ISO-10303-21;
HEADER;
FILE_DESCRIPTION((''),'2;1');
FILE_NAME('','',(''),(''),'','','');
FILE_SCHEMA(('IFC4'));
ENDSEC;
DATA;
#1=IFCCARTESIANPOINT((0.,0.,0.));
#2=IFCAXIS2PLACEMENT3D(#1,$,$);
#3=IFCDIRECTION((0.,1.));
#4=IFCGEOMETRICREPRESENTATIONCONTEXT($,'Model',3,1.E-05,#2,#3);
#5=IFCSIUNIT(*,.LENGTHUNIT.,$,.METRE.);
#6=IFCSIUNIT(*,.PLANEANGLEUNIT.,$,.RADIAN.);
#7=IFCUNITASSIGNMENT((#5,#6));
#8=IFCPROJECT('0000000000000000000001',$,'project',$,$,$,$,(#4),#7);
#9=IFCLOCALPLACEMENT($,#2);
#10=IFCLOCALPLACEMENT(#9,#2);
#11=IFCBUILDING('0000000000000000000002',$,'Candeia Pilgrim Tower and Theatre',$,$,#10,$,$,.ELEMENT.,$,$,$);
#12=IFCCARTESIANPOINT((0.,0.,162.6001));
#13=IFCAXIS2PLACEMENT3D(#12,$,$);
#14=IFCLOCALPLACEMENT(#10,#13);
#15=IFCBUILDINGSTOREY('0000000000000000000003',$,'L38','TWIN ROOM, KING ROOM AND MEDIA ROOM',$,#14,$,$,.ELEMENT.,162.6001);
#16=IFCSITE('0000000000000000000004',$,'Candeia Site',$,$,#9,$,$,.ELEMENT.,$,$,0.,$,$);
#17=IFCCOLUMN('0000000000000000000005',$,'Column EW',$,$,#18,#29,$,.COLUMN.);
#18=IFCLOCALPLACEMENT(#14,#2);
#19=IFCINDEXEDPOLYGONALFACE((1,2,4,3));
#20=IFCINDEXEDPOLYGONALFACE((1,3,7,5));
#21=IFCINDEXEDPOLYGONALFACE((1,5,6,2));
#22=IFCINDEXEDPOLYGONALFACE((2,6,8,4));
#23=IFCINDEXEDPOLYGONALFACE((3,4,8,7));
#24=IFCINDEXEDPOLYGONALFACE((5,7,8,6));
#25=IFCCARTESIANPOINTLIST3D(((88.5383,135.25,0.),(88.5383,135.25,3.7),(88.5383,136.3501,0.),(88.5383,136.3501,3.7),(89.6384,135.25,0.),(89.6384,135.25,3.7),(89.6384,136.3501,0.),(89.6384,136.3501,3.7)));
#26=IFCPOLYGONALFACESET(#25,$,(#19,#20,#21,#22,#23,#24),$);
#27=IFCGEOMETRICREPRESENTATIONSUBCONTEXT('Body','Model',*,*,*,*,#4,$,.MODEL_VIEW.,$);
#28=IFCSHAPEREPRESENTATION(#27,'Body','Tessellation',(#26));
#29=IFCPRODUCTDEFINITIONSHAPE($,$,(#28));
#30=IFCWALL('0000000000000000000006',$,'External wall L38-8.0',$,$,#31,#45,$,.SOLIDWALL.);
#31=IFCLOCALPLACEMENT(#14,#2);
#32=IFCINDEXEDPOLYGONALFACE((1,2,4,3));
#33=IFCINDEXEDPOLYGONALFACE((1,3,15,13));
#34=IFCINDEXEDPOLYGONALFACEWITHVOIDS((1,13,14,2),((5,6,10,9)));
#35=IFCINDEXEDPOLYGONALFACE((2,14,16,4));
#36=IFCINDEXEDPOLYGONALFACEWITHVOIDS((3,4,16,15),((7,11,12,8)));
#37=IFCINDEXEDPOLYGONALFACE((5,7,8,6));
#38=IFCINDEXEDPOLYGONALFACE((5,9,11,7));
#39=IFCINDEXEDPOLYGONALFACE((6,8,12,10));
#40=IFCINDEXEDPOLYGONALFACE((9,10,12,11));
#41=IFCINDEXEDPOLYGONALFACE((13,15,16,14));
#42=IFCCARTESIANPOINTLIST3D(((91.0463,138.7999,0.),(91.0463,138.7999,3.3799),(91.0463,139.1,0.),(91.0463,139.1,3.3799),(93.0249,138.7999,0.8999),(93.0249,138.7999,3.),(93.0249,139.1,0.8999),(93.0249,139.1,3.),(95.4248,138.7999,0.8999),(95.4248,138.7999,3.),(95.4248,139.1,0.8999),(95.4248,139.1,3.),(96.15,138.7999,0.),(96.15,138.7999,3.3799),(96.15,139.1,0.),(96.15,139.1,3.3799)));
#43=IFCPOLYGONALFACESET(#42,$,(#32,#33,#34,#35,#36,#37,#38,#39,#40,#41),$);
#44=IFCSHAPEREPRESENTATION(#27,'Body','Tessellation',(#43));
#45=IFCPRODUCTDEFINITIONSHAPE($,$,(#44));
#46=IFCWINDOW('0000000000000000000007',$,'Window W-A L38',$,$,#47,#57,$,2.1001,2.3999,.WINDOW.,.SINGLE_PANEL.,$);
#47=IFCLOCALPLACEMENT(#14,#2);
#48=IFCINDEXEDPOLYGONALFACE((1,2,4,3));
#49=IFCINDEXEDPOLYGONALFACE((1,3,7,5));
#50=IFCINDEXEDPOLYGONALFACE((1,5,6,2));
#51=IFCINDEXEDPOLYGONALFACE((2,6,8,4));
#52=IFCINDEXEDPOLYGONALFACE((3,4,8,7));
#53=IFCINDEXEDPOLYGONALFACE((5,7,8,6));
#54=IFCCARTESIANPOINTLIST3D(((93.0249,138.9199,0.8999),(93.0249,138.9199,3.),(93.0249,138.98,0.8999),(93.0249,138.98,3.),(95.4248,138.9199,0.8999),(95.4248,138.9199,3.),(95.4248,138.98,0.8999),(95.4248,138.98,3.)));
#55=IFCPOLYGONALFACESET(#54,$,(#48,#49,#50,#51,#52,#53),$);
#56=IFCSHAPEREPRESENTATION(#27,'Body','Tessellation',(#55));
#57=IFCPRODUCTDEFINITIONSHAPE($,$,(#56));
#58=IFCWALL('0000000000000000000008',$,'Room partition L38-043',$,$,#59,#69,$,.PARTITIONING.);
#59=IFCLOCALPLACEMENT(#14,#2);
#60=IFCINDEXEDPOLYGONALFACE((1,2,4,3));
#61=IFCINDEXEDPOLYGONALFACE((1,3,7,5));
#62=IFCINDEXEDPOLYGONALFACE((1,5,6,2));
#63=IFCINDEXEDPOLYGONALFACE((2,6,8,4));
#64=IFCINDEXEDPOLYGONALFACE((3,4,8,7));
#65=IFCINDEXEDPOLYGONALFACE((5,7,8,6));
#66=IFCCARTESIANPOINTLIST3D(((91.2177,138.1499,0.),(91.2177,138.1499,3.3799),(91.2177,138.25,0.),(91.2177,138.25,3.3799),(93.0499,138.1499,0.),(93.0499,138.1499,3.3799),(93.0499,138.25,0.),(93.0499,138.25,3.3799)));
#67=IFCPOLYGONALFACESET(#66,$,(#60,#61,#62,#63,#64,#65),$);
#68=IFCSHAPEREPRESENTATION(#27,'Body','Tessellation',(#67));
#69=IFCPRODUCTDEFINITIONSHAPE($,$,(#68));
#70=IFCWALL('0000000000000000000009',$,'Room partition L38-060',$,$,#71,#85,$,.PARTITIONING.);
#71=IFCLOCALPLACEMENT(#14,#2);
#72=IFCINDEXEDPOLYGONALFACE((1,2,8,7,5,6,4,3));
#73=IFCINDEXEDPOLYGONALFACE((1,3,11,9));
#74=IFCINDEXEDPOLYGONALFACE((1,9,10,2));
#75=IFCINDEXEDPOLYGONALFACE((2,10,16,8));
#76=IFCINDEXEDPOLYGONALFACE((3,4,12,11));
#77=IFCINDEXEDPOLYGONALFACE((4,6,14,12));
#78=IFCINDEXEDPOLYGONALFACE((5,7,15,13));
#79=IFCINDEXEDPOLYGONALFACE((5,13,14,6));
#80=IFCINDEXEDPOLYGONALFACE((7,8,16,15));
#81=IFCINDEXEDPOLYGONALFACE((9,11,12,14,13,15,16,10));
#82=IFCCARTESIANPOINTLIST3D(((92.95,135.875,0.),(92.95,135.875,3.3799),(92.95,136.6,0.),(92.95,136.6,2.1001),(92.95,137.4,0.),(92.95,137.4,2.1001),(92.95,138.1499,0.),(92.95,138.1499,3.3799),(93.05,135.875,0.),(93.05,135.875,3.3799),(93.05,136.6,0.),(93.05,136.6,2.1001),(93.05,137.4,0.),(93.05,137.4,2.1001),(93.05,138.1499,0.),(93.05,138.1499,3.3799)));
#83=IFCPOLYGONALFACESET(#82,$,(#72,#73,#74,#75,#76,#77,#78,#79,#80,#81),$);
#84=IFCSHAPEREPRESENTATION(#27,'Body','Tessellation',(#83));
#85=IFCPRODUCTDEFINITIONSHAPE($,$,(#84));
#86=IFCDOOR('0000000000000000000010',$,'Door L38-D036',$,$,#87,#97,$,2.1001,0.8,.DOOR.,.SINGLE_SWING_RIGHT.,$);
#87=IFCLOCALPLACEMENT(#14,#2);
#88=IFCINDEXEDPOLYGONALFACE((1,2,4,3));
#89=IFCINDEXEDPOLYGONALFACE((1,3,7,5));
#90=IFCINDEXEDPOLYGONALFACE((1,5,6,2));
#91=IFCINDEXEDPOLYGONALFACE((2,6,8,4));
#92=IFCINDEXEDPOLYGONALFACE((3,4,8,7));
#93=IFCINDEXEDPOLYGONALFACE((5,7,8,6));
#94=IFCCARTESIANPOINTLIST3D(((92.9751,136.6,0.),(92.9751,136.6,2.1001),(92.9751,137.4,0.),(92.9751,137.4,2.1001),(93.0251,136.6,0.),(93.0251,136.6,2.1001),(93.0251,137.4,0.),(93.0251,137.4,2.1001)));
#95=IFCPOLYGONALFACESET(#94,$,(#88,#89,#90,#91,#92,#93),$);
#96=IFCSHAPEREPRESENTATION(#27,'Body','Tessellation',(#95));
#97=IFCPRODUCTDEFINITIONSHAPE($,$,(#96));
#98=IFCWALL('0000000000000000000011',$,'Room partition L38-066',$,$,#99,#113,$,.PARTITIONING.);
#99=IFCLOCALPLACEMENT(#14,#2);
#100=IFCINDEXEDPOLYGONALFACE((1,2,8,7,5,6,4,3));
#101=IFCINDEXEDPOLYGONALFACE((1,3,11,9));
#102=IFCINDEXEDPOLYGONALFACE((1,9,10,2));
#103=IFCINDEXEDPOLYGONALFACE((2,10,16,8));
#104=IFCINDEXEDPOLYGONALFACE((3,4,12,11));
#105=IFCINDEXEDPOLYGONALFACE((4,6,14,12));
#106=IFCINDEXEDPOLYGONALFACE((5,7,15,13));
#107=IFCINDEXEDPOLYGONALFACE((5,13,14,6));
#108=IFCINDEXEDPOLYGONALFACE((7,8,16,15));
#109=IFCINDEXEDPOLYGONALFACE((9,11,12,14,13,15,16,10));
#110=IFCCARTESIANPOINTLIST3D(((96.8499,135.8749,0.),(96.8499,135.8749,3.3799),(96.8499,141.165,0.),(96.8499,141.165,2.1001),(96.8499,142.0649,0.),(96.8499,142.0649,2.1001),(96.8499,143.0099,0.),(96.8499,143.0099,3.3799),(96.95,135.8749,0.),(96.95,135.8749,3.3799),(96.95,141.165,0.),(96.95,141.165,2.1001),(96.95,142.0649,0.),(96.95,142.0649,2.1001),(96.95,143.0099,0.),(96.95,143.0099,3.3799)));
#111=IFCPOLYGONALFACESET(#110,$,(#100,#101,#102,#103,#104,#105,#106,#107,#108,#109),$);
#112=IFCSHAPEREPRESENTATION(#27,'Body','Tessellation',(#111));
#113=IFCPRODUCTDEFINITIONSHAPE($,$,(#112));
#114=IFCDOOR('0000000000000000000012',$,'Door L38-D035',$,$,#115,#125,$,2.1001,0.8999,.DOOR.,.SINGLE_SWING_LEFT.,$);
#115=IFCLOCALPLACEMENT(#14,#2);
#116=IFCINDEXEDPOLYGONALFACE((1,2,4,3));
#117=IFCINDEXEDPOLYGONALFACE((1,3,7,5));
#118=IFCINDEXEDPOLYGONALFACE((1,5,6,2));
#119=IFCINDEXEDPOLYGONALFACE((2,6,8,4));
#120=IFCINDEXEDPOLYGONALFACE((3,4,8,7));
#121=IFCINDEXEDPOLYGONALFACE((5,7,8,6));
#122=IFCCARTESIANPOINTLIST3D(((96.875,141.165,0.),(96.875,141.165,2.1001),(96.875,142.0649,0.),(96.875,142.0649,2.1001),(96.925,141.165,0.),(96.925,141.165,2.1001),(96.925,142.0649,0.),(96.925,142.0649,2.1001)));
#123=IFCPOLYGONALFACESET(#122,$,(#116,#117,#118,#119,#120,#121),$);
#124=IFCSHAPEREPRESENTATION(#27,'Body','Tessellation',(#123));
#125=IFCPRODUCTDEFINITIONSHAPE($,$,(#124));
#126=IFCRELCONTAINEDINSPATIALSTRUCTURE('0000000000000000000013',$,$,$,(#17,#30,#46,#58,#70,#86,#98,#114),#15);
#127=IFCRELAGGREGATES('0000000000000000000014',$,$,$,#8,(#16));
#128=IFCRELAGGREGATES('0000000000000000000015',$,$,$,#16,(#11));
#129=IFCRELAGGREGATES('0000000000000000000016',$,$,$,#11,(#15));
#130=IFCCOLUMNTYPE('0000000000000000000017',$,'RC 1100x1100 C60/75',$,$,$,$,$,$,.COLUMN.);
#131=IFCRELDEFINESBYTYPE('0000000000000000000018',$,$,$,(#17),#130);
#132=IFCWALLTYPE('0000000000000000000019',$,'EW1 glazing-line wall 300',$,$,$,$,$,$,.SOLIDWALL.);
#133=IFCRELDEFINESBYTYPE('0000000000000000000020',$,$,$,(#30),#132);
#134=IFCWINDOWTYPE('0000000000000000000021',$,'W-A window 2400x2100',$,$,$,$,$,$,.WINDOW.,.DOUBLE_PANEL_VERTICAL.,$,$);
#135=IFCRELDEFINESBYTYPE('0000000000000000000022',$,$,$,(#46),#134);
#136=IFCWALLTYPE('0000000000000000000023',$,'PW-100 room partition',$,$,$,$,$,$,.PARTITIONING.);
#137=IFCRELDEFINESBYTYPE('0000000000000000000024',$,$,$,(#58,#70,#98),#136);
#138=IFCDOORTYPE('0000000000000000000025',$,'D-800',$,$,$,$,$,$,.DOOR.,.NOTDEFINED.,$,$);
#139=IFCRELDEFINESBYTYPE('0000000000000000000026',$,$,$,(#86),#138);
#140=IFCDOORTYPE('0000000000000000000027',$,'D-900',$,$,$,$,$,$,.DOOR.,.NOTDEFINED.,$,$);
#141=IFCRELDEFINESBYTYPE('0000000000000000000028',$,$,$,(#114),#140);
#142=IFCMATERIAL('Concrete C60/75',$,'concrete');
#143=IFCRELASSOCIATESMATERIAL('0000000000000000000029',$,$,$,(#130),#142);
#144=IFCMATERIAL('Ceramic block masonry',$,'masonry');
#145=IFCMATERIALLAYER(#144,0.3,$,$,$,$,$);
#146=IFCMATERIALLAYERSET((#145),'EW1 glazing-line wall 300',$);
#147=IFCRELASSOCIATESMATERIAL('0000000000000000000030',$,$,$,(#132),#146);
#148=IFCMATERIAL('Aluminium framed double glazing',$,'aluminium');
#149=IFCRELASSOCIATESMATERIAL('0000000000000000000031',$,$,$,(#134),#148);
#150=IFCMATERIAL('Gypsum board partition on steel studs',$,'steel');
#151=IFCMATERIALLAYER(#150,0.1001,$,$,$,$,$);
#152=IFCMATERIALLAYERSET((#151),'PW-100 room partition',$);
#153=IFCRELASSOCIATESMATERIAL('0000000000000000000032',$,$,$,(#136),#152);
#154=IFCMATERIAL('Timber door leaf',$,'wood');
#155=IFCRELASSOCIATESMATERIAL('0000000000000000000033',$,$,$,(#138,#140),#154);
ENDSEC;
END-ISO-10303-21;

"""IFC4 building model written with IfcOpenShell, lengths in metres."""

from ifc_helpers import new_model, si_unit, direction, frame, frame_2d, origin, origin_2d, place, context, subcontext, project, spatial, rectangle, extrude, material, layer, layer_set, material_profile, profile_set, type_object, element, fill, save


model = new_model("IFC4")

# Units and contexts
model_context = context("Model", 3, precision=1e-05, world=origin(), true_north=direction((0.0, 1.0)))
body_context = subcontext(model_context, "Body", "Model", "MODEL_VIEW")
ifc_project = project(units=[si_unit("LENGTHUNIT", "METRE"), si_unit("PLANEANGLEUNIT", "RADIAN")], contexts=[model_context])

# Site, building, storey
site_placement = place(None, origin())
site = spatial("IfcSite", under=ifc_project, at=site_placement, Name="Candeia Site", CompositionType="ELEMENT", RefElevation=0.0)
building_placement = place(site_placement, origin())
building = spatial("IfcBuilding", under=site, at=building_placement, Name="Candeia Pilgrim Tower and Theatre", CompositionType="ELEMENT")
storey_placement = place(building_placement, frame((0.0, 0.0, 162.6001)))
storey = spatial("IfcBuildingStorey", under=building, at=storey_placement, Name="L38", Description="TWIN ROOM, KING ROOM AND MEDIA ROOM", CompositionType="ELEMENT", Elevation=162.6001)

# Column
ifc_material_1 = material(Name="Concrete C60/75", Category="concrete")
ifc_material_profile = material_profile(ifc_material_1, rectangle(XDim=1.1001, YDim=1.1001, at=origin_2d()))
ifc_profile_set = profile_set([ifc_material_profile], Name="Concrete C60/75")
column_type = type_object("IfcColumnType", Name="RC 1100x1100 C60/75", PredefinedType="COLUMN", material=ifc_profile_set)
column_placement = place(storey_placement, frame((89.0884, 135.8, 0.0), z_axis=(0.0, 0.0, 1.0), x_axis=(1.0, 0.0, 0.0)))
element("IfcColumn", 1, at=column_placement, inside=storey, type_object=column_type, Name="Column EW", PredefinedType="COLUMN", context=body_context, shape_type="SweptSolid", body=[
    extrude(rectangle(XDim=1.1001, YDim=1.1001, at=origin_2d()), origin(), (0.0, 0.0, 1.0), 3.7),
])

# Wall, opening, window
ifc_material_2 = material(Name="Ceramic block masonry", Category="masonry")
ifc_layer_1 = layer(ifc_material_2, 0.3)
ifc_layer_set_1 = layer_set([ifc_layer_1], Name="EW1 glazing-line wall 300")
wall_type_1 = type_object("IfcWallType", Name="EW1 glazing-line wall 300", PredefinedType="SOLIDWALL", material=ifc_layer_set_1)
wall_1_placement = place(storey_placement, frame((96.1499, 138.95, 0.0), z_axis=(0.0, 0.0, 1.0), x_axis=(-1.0, 0.0, 0.0)))
wall_1 = element("IfcWall", 2, at=wall_1_placement, inside=storey, type_object=wall_type_1, Name="External wall L38-8.0", PredefinedType="SOLIDWALL", context=body_context, shape_type="SweptSolid", body=[
    extrude(rectangle(XDim=5.1038, YDim=0.3, at=frame_2d((2.5518, 0.0))), origin(), (0.0, 0.0, 1.0), 3.3799),
])
opening_1_placement = place(wall_1_placement, frame((0.7251, 0.0, 0.8999)))
opening_1 = element("IfcOpeningElement", 3, at=opening_1_placement, cuts=wall_1, PredefinedType="OPENING", context=body_context, shape_type="SweptSolid", body=[
    extrude(rectangle(XDim=2.3999, YDim=2.1001, at=frame_2d((1.2, 1.05))), frame((0.0, 0.1602, 0.0), z_axis=(0.0, -1.0, 0.0), x_axis=(1.0, 0.0, 0.0)), (0.0, 0.0, 1.0), 0.3201),
])
ifc_material_3 = material(Name="Aluminium framed double glazing", Category="aluminium")
window_type_1 = type_object("IfcWindowType", Name="W-A window 2400x2100", PartitioningType="DOUBLE_PANEL_VERTICAL", PredefinedType="WINDOW", material=ifc_material_3)
window_1_placement = place(opening_1_placement, origin())
window_1 = element("IfcWindow", 4, at=window_1_placement, inside=storey, type_object=window_type_1, Name="Window W-A L38", OverallHeight=2.1001, OverallWidth=2.3999, PartitioningType="SINGLE_PANEL", PredefinedType="WINDOW", context=body_context, shape_type="SweptSolid", body=[
    extrude(rectangle(XDim=2.3999, YDim=2.1001, at=frame_2d((1.2, 1.05))), frame((0.0, 0.03, 0.0), z_axis=(0.0, -1.0, 0.0), x_axis=(1.0, 0.0, 0.0)), (0.0, 0.0, 1.0), 0.0601),
])
fill(opening_1, window_1)

# Wall
ifc_material_4 = material(Name="Gypsum board partition on steel studs", Category="steel")
ifc_layer_2 = layer(ifc_material_4, 0.1001)
ifc_layer_set_2 = layer_set([ifc_layer_2], Name="PW-100 room partition")
wall_type_2 = type_object("IfcWallType", Name="PW-100 room partition", PredefinedType="PARTITIONING", material=ifc_layer_set_2)
wall_2_placement = place(storey_placement, frame((91.2178, 138.2, 0.0), z_axis=(0.0, 0.0, 1.0), x_axis=(1.0, 0.0, 0.0)))
element("IfcWall", 5, at=wall_2_placement, inside=storey, type_object=wall_type_2, Name="Room partition L38-043", PredefinedType="PARTITIONING", context=body_context, shape_type="SweptSolid", body=[
    extrude(rectangle(XDim=1.8323, YDim=0.1001, at=frame_2d((0.916, 0.0))), origin(), (0.0, 0.0, 1.0), 3.3799),
])

# Walls, openings, doors
wall_3_placement = place(storey_placement, frame((93.0, 135.875, 0.0), z_axis=(0.0, 0.0, 1.0), x_axis=(0.0, 1.0, 0.0)))
wall_3 = element("IfcWall", 6, at=wall_3_placement, inside=storey, type_object=wall_type_2, Name="Room partition L38-060", PredefinedType="PARTITIONING", context=body_context, shape_type="SweptSolid", body=[
    extrude(rectangle(XDim=2.2749, YDim=0.1001, at=frame_2d((1.1375, 0.0))), origin(), (0.0, 0.0, 1.0), 3.3799),
])
opening_2_placement = place(wall_3_placement, frame((0.7251, 0.0, 0.0)))
opening_2 = element("IfcOpeningElement", 7, at=opening_2_placement, cuts=wall_3, PredefinedType="OPENING", context=body_context, shape_type="SweptSolid", body=[
    extrude(rectangle(XDim=0.8, YDim=2.1001, at=frame_2d((0.3999, 1.05))), frame((0.0, 0.0601, 0.0), z_axis=(0.0, -1.0, 0.0), x_axis=(1.0, 0.0, 0.0)), (0.0, 0.0, 1.0), 0.1201),
])
ifc_material_5 = material(Name="Timber door leaf", Category="wood")
door_type_1 = type_object("IfcDoorType", Name="D-800", OperationType="NOTDEFINED", PredefinedType="DOOR", material=ifc_material_5)
door_1_placement = place(opening_2_placement, origin())
door_1 = element("IfcDoor", 8, at=door_1_placement, inside=storey, type_object=door_type_1, Name="Door L38-D036", OperationType="SINGLE_SWING_RIGHT", OverallHeight=2.1001, OverallWidth=0.8, PredefinedType="DOOR", context=body_context, shape_type="SweptSolid", body=[
    extrude(rectangle(XDim=0.8, YDim=2.1001, at=frame_2d((0.3999, 1.05))), frame((0.0, 0.0249, 0.0), z_axis=(0.0, -1.0, 0.0), x_axis=(1.0, 0.0, 0.0)), (0.0, 0.0, 1.0), 0.05),
])
fill(opening_2, door_1)
wall_4_placement = place(storey_placement, frame((96.8999, 135.875, 0.0), z_axis=(0.0, 0.0, 1.0), x_axis=(0.0, 1.0, 0.0)))
wall_4 = element("IfcWall", 9, at=wall_4_placement, inside=storey, type_object=wall_type_2, Name="Room partition L38-066", PredefinedType="PARTITIONING", context=body_context, shape_type="SweptSolid", body=[
    extrude(rectangle(XDim=7.135, YDim=0.1001, at=frame_2d((3.5674, 0.0))), origin(), (0.0, 0.0, 1.0), 3.3799),
])
opening_3_placement = place(wall_4_placement, frame((5.29, 0.0, 0.0)))
opening_3 = element("IfcOpeningElement", 10, at=opening_3_placement, cuts=wall_4, PredefinedType="OPENING", context=body_context, shape_type="SweptSolid", body=[
    extrude(rectangle(XDim=0.8999, YDim=2.1001, at=frame_2d((0.45, 1.05))), frame((0.0, 0.0601, 0.0), z_axis=(0.0, -1.0, 0.0), x_axis=(1.0, 0.0, 0.0)), (0.0, 0.0, 1.0), 0.1201),
])
door_type_2 = type_object("IfcDoorType", Name="D-900", OperationType="NOTDEFINED", PredefinedType="DOOR", material=ifc_material_5)
door_2_placement = place(opening_3_placement, origin())
door_2 = element("IfcDoor", 11, at=door_2_placement, inside=storey, type_object=door_type_2, Name="Door L38-D035", OperationType="SINGLE_SWING_LEFT", OverallHeight=2.1001, OverallWidth=0.8999, PredefinedType="DOOR", context=body_context, shape_type="SweptSolid", body=[
    extrude(rectangle(XDim=0.8999, YDim=2.1001, at=frame_2d((0.45, 1.05))), frame((0.0, 0.0249, 0.0), z_axis=(0.0, -1.0, 0.0), x_axis=(1.0, 0.0, 0.0)), (0.0, 0.0, 1.0), 0.05),
])
fill(opening_3, door_2)

save(model, "model.ifc")
